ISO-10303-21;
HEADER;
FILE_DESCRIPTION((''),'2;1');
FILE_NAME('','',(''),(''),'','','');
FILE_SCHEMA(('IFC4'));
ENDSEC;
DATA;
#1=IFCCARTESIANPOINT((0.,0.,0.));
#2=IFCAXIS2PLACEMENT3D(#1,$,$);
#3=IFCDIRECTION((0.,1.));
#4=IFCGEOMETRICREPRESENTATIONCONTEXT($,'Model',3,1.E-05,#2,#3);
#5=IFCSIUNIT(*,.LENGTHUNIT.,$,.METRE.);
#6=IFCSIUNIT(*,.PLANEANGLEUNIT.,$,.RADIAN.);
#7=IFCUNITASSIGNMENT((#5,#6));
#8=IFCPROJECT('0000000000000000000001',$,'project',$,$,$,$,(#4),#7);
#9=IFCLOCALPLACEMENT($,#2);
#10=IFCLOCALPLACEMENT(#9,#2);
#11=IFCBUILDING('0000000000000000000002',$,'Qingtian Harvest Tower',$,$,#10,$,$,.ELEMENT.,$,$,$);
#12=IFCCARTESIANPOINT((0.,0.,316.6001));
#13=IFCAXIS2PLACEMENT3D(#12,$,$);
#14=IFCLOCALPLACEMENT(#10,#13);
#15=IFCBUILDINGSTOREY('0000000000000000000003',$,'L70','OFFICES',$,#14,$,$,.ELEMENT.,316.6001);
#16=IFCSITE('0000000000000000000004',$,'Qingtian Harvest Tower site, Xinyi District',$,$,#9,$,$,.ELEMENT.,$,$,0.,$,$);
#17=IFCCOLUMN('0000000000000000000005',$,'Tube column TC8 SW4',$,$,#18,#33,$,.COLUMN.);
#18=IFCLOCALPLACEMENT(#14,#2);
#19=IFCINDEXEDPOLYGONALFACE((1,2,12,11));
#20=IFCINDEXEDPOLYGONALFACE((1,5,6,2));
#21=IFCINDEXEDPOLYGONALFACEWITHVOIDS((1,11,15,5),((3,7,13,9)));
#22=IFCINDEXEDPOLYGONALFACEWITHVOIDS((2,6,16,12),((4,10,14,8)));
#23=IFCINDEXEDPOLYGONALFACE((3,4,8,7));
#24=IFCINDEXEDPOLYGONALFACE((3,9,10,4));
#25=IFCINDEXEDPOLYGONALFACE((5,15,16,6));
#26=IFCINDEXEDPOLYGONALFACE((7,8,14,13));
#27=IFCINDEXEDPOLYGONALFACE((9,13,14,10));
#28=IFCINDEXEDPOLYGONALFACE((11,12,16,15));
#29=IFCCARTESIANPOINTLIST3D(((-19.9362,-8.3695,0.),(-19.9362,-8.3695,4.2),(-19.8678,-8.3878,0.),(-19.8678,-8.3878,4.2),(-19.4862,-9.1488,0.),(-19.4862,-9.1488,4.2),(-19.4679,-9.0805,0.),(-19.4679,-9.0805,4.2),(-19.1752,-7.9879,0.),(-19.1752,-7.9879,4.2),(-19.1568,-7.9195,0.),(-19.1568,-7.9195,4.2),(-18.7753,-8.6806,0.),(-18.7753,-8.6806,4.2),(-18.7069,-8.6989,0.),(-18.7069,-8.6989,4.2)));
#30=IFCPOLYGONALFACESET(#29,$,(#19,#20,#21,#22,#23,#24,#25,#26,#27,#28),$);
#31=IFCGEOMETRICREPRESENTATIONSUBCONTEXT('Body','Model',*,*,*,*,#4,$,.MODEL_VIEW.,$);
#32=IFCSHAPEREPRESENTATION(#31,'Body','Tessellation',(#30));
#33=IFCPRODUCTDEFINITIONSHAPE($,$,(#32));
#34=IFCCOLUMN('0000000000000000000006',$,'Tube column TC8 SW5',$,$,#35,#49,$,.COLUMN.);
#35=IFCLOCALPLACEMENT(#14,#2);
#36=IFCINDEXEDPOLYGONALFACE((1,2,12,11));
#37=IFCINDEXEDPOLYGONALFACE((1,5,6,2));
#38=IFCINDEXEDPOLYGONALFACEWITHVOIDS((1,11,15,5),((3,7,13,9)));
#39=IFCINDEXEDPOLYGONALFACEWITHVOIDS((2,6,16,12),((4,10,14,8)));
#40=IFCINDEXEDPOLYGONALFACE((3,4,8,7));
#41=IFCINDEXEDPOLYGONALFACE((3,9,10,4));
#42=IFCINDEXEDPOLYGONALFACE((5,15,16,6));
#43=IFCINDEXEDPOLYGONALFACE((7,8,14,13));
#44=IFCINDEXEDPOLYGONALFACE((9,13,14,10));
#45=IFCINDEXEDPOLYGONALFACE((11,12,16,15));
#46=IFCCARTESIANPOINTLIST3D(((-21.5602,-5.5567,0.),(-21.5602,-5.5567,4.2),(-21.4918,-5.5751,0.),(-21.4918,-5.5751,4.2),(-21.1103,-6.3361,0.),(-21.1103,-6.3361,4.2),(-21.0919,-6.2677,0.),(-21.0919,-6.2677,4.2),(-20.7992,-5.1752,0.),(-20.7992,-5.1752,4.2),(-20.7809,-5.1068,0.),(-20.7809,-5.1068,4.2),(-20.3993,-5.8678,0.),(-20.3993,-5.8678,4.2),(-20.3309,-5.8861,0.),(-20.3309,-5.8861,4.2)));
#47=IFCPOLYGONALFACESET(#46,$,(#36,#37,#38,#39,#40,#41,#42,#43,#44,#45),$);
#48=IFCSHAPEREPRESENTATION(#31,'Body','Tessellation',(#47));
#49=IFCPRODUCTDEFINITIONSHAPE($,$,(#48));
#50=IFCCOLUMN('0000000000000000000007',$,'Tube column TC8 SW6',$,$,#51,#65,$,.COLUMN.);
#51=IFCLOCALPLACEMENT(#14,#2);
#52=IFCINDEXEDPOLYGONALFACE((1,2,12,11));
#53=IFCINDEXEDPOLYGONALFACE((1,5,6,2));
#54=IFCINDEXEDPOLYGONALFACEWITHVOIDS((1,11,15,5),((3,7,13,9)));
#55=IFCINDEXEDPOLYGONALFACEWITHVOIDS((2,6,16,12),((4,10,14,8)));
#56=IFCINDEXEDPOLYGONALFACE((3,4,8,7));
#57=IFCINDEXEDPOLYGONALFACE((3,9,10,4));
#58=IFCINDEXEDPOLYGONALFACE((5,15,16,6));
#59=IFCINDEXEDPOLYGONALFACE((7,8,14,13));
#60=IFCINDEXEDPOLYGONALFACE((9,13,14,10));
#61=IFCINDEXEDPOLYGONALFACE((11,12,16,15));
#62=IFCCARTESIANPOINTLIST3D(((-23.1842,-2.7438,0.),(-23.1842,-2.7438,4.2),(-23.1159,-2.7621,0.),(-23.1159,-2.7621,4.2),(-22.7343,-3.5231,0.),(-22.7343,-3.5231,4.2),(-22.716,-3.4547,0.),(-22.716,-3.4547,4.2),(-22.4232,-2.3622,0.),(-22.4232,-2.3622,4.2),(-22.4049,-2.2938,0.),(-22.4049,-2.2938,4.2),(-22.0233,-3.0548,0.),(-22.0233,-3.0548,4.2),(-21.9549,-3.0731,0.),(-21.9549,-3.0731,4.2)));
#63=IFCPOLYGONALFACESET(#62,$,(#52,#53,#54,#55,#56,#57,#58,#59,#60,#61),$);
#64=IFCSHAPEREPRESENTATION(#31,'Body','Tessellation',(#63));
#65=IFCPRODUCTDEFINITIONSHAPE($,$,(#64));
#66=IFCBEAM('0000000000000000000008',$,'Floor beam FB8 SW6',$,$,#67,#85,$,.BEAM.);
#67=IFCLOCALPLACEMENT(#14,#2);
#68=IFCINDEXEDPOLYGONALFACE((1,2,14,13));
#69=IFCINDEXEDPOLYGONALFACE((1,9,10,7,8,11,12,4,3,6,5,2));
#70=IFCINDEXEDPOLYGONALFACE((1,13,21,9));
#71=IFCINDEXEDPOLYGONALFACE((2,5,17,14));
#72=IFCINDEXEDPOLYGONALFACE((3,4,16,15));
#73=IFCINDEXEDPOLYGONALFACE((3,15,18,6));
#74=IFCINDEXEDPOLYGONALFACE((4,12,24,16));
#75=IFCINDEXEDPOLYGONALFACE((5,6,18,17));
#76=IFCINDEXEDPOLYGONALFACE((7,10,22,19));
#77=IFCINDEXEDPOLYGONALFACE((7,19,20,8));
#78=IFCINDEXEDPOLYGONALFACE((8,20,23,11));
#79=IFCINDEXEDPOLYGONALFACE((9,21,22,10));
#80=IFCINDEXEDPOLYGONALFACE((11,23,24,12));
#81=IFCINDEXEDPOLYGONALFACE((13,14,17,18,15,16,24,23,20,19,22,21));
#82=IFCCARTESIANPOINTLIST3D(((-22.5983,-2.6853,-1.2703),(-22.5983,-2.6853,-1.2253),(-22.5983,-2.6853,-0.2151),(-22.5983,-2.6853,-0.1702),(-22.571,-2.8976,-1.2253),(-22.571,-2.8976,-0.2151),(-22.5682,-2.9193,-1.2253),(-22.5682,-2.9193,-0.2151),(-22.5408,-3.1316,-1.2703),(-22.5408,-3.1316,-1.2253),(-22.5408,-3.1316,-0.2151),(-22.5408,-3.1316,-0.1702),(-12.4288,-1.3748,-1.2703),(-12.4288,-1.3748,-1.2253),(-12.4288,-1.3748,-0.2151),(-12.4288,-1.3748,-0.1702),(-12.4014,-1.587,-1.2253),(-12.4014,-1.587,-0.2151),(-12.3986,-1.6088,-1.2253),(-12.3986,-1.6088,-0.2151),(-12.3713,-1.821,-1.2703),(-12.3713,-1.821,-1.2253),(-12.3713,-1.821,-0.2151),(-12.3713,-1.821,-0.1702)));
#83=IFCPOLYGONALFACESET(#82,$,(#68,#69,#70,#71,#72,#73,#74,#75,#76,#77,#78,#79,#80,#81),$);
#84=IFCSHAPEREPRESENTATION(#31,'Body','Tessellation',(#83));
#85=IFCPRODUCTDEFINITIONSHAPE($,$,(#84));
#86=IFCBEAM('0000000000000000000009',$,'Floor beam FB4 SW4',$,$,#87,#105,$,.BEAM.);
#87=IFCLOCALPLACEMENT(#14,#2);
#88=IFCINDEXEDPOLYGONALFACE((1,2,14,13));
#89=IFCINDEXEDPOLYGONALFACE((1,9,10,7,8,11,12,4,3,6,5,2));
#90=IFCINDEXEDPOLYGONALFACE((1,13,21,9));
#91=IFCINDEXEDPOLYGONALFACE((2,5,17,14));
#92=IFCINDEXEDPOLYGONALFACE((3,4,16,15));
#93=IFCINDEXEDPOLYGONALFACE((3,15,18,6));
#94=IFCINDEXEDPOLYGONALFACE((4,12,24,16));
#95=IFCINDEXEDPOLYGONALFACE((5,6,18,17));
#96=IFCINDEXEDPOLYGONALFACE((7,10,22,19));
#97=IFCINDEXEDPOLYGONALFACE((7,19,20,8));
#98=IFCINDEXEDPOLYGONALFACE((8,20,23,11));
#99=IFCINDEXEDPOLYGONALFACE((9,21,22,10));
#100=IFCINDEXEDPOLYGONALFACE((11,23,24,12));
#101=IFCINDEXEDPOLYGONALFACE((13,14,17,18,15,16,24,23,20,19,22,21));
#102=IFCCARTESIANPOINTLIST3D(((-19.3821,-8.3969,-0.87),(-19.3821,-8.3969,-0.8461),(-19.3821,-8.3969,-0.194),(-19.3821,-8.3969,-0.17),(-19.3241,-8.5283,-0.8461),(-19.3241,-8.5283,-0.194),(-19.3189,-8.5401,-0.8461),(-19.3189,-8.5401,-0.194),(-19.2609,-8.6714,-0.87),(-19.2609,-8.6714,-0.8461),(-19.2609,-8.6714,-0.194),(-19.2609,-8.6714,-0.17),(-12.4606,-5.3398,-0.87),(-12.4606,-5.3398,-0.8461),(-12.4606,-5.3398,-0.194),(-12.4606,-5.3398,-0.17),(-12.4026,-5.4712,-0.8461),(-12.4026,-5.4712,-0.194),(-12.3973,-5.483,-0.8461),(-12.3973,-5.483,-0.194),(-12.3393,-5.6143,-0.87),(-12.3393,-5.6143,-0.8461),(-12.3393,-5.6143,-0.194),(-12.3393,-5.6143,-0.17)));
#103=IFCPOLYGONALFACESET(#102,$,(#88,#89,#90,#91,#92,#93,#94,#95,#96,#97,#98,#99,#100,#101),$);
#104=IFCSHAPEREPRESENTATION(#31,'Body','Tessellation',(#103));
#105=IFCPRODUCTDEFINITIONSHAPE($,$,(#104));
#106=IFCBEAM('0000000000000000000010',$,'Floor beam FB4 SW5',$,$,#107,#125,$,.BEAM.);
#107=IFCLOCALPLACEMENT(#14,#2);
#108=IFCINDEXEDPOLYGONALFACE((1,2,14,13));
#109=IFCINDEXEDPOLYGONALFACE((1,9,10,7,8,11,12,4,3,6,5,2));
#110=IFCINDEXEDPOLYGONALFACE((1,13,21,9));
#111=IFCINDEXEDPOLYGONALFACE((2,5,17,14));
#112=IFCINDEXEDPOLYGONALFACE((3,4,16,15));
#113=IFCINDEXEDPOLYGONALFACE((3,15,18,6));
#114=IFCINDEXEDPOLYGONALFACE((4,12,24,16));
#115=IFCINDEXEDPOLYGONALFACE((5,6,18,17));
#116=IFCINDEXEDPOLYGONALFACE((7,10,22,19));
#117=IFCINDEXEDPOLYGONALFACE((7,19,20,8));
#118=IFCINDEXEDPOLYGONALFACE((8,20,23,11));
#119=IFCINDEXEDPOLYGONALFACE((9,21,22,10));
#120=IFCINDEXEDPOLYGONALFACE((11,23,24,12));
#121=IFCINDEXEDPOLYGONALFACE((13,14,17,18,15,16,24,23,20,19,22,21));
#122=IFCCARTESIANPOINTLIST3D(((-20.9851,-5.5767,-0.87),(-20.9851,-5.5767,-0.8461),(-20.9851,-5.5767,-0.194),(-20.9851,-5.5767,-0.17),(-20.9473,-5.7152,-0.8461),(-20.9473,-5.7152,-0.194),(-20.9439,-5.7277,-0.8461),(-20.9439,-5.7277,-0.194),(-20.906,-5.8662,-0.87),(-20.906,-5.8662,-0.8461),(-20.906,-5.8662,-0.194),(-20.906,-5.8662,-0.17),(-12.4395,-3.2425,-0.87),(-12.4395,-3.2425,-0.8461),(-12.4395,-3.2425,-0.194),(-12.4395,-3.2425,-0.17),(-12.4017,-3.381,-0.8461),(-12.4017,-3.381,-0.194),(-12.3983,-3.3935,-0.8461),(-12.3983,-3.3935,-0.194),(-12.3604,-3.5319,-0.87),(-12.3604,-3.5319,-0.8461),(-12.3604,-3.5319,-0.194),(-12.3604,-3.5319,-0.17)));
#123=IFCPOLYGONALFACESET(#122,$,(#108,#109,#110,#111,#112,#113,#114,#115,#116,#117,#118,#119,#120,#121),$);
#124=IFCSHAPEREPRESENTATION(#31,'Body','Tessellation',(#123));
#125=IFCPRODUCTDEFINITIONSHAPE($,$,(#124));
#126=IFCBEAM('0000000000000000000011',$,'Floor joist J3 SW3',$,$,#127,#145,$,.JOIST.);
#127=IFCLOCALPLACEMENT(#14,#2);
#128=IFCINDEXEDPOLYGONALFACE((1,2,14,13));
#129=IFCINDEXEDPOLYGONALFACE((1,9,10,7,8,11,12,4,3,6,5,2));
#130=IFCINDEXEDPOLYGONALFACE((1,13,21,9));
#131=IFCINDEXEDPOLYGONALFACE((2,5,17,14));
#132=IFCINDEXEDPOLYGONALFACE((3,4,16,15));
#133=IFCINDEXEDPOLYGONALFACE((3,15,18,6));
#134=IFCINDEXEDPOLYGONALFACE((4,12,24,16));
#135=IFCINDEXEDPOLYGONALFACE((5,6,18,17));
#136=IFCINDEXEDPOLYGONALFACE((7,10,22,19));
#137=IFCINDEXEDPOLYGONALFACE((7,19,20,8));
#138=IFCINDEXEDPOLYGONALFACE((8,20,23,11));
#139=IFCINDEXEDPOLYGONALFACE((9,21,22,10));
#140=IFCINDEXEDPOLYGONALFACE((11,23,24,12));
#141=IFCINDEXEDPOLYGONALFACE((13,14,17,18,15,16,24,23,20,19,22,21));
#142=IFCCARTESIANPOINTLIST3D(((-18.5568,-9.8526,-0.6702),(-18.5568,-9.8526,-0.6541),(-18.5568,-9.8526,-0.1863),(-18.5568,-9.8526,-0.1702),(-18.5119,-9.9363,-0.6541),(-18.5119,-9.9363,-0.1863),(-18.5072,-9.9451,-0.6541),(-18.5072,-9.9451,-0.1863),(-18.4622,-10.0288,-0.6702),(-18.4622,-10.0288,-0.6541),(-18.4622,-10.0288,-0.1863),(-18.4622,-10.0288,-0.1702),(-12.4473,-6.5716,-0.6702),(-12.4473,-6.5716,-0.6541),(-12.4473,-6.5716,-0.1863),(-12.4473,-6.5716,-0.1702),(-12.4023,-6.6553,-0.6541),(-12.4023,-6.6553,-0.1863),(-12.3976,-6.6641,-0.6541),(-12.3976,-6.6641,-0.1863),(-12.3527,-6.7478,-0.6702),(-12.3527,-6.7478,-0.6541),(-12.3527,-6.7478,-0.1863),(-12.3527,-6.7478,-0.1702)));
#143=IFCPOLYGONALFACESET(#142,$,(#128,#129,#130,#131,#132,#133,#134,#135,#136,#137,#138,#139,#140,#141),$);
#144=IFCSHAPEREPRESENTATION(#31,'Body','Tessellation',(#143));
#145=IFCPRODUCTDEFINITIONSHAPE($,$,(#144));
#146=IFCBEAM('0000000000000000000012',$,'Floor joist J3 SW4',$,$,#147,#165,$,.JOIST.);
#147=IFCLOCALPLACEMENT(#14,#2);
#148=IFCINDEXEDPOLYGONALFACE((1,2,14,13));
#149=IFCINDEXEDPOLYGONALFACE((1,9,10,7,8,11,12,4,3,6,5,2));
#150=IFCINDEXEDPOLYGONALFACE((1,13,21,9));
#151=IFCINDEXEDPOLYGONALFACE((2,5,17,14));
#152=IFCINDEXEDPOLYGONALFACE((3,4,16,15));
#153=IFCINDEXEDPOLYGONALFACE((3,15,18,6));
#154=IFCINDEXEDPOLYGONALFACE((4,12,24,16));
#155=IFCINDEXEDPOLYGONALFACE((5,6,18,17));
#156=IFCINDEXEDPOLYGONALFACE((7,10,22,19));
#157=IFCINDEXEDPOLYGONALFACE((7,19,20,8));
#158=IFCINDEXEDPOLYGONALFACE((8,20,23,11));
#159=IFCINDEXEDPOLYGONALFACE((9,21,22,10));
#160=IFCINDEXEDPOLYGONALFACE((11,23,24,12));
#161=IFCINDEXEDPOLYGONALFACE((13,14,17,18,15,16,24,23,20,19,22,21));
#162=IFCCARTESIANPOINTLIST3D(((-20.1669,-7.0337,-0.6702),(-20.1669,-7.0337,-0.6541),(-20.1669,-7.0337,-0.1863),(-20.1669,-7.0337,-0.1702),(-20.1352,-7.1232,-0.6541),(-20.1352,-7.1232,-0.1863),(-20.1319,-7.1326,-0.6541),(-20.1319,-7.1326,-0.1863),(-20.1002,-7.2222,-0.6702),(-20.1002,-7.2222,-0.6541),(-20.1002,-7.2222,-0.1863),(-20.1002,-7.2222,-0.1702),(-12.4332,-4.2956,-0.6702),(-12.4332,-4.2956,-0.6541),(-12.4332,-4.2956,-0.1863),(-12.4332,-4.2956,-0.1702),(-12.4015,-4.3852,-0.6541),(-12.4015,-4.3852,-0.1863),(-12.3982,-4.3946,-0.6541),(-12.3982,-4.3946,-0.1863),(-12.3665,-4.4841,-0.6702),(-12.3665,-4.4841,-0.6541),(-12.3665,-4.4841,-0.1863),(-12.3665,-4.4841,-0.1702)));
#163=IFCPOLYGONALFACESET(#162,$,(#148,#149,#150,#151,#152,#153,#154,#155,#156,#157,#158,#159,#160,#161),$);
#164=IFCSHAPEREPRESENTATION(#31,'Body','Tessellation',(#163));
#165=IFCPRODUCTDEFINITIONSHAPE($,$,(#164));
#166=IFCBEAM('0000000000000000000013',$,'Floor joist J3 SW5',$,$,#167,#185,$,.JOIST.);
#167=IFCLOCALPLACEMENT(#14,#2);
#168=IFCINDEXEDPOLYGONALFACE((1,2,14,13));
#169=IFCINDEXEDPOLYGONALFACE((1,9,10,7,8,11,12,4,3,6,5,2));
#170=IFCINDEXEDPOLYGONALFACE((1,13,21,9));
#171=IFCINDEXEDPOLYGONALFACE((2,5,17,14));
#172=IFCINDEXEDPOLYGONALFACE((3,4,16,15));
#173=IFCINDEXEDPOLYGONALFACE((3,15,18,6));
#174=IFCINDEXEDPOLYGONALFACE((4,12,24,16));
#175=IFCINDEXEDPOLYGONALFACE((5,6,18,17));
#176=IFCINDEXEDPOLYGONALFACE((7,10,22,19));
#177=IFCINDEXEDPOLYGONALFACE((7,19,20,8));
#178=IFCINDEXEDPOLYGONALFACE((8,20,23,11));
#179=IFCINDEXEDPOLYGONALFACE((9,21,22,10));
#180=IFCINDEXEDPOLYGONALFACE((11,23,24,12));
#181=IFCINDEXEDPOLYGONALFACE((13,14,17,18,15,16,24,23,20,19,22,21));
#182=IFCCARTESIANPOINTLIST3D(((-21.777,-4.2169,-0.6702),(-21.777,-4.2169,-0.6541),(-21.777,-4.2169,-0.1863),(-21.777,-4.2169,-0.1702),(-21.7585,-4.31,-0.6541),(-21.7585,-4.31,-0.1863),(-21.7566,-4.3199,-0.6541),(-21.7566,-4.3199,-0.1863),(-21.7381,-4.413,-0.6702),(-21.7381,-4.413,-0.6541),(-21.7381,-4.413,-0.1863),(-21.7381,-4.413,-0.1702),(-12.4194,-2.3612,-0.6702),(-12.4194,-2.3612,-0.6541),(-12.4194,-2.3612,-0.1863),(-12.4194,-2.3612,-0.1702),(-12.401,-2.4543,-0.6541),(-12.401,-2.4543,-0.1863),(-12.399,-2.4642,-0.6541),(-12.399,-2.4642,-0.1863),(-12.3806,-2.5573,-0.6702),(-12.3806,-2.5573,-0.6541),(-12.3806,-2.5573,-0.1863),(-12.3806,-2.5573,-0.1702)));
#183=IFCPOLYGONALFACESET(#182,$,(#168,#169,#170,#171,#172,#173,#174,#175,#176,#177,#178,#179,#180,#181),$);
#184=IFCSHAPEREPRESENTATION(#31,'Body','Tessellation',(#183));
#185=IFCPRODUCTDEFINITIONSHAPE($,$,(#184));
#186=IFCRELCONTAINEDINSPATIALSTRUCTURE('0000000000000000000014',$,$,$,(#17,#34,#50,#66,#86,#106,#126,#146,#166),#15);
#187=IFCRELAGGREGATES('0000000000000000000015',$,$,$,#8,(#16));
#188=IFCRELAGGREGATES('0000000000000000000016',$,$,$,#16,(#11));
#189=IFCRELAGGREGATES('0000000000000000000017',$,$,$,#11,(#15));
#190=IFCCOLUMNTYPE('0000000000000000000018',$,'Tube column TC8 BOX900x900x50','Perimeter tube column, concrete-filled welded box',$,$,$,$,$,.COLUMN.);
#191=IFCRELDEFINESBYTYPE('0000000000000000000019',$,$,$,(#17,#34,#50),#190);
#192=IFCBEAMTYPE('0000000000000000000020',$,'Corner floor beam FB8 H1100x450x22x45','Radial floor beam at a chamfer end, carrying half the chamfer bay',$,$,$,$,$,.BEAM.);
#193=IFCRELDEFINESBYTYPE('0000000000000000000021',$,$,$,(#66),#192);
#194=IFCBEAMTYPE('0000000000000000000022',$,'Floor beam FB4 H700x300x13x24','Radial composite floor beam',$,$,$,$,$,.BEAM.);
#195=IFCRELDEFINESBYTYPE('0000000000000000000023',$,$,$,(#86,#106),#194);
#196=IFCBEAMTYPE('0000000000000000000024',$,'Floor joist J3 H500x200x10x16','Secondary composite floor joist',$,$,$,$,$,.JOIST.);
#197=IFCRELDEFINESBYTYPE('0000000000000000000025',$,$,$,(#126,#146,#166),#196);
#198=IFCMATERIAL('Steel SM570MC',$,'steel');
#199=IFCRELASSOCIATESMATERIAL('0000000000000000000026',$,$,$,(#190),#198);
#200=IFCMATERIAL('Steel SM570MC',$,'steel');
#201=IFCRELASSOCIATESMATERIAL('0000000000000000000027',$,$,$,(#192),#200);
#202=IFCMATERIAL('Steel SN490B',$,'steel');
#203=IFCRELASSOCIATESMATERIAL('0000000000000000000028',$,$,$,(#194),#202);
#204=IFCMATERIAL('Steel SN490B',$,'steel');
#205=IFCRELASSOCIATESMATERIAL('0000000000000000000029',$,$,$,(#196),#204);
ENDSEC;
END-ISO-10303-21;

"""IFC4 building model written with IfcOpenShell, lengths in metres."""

from ifc_helpers import new_model, si_unit, direction, frame, origin, origin_2d, place, context, subcontext, project, spatial, hollow_rectangle, i_section, extrude, material, material_profile, profile_set, type_object, element, save


model = new_model("IFC4")

# Units and contexts
model_context = context("Model", 3, precision=1e-05, world=origin(), true_north=direction((0.0, 1.0)))
body_context = subcontext(model_context, "Body", "Model", "MODEL_VIEW")
ifc_project = project(units=[si_unit("LENGTHUNIT", "METRE"), si_unit("PLANEANGLEUNIT", "RADIAN")], contexts=[model_context])

# Site, building, storey
site_placement = place(None, origin())
site = spatial("IfcSite", under=ifc_project, at=site_placement, Name="Qingtian Harvest Tower site, Xinyi District", CompositionType="ELEMENT", RefElevation=0.0)
building_placement = place(site_placement, origin())
building = spatial("IfcBuilding", under=site, at=building_placement, Name="Qingtian Harvest Tower", CompositionType="ELEMENT")
storey_placement = place(building_placement, frame((0.0, 0.0, 316.6001)))
storey = spatial("IfcBuildingStorey", under=building, at=storey_placement, Name="L70", Description="OFFICES", CompositionType="ELEMENT", Elevation=316.6001)

# Columns
ifc_material_1 = material(Name="Steel SM570MC", Category="steel")
ifc_material_profile_1 = material_profile(ifc_material_1, hollow_rectangle(XDim=0.8999, YDim=0.8999, WallThickness=0.05, at=origin_2d()), Name="BOX900x900x50")
ifc_profile_set_1 = profile_set([ifc_material_profile_1], Name="Steel SM570MC")
column_type = type_object("IfcColumnType", Name="Tube column TC8 BOX900x900x50", Description="Perimeter tube column, concrete-filled welded box", PredefinedType="COLUMN", material=ifc_profile_set_1)
for number, where, z_axis, x_axis, name in (
    (1, (-19.3215, -8.5342, 0.0), (0.0, 0.0, 1.0), (0.5, -0.866025, 0.0), "Tube column TC8 SW4"),
    (2, (-20.9456, -5.7214, 0.0), (0.0, 0.0, 1.0), (0.5, -0.866025, 0.0), "Tube column TC8 SW5"),
    (3, (-22.5696, -2.9084, 0.0), (0.0, 0.0, 1.0), (0.5, -0.866025, 0.0), "Tube column TC8 SW6"),
):
    element("IfcColumn", number, at=place(storey_placement, frame(where, z_axis=z_axis, x_axis=x_axis)), inside=storey, type_object=column_type, Name=name, PredefinedType="COLUMN", context=body_context, shape_type="SweptSolid", body=[
        extrude(hollow_rectangle(XDim=0.8999, YDim=0.8999, WallThickness=0.05, at=origin_2d()), origin(), (0.0, 0.0, 1.0), 4.2),
    ])

# Beams
ifc_material_2 = material(Name="Steel SM570MC", Category="steel")
ifc_material_profile_2 = material_profile(ifc_material_2, i_section(OverallWidth=0.45, OverallDepth=1.1001, WebThickness=0.022, FlangeThickness=0.0449, at=origin_2d()), Name="H1100x450x22x45")
ifc_profile_set_2 = profile_set([ifc_material_profile_2], Name="Steel SM570MC")
beam_type_1 = type_object("IfcBeamType", Name="Corner floor beam FB8 H1100x450x22x45", Description="Radial floor beam at a chamfer end, carrying half the chamfer bay", PredefinedType="BEAM", material=ifc_profile_set_2)
beam_1_placement = place(storey_placement, frame((-22.5696, -2.9084, -0.7202), z_axis=(0.991799, 0.127811, 0.0), x_axis=(-0.127811, 0.991799, 0.0)))
element("IfcBeam", 4, at=beam_1_placement, inside=storey, type_object=beam_type_1, Name="Floor beam FB8 SW6", PredefinedType="BEAM", context=body_context, shape_type="SweptSolid", body=[
    extrude(i_section(OverallWidth=0.45, OverallDepth=1.1001, WebThickness=0.022, FlangeThickness=0.0449, at=origin_2d()), origin(), (0.0, 0.0, 1.0), 10.2537),
])
ifc_material_3 = material(Name="Steel SN490B", Category="steel")
ifc_material_profile_3 = material_profile(ifc_material_3, i_section(OverallWidth=0.3, OverallDepth=0.7, WebThickness=0.0129, FlangeThickness=0.0239, at=origin_2d()), Name="H700x300x13x24")
ifc_profile_set_3 = profile_set([ifc_material_profile_3], Name="Steel SN490B")
beam_type_2 = type_object("IfcBeamType", Name="Floor beam FB4 H700x300x13x24", Description="Radial composite floor beam", PredefinedType="BEAM", material=ifc_profile_set_3)
beam_2_placement = place(storey_placement, frame((-19.3215, -8.5342, -0.52), z_axis=(0.914748, 0.404024, 0.0), x_axis=(-0.404024, 0.914748, 0.0)))
element("IfcBeam", 5, at=beam_2_placement, inside=storey, type_object=beam_type_2, Name="Floor beam FB4 SW4", PredefinedType="BEAM", context=body_context, shape_type="SweptSolid", body=[
    extrude(i_section(OverallWidth=0.3, OverallDepth=0.7, WebThickness=0.0129, FlangeThickness=0.0239, at=origin_2d()), origin(), (0.0, 0.0, 1.0), 7.5667),
])
beam_3_placement = place(storey_placement, frame((-20.9456, -5.7214, -0.52), z_axis=(0.964661, 0.263495, 0.0), x_axis=(-0.263495, 0.964661, 0.0)))
element("IfcBeam", 6, at=beam_3_placement, inside=storey, type_object=beam_type_2, Name="Floor beam FB4 SW5", PredefinedType="BEAM", context=body_context, shape_type="SweptSolid", body=[
    extrude(i_section(OverallWidth=0.3, OverallDepth=0.7, WebThickness=0.0129, FlangeThickness=0.0239, at=origin_2d()), origin(), (0.0, 0.0, 1.0), 8.8586),
])
ifc_material_4 = material(Name="Steel SN490B", Category="steel")
ifc_material_profile_4 = material_profile(ifc_material_4, i_section(OverallWidth=0.2, OverallDepth=0.5, WebThickness=0.01, FlangeThickness=0.0161, at=origin_2d()), Name="H500x200x10x16")
ifc_profile_set_4 = profile_set([ifc_material_profile_4], Name="Steel SN490B")
beam_type_3 = type_object("IfcBeamType", Name="Floor joist J3 H500x200x10x16", Description="Secondary composite floor joist", PredefinedType="JOIST", material=ifc_profile_set_4)
beam_4_placement = place(storey_placement, frame((-18.5095, -9.9407, -0.4202), z_axis=(0.881, 0.473117, 0.0), x_axis=(-0.473117, 0.881, 0.0)))
element("IfcBeam", 7, at=beam_4_placement, inside=storey, type_object=beam_type_3, Name="Floor joist J3 SW3", PredefinedType="JOIST", context=body_context, shape_type="SweptSolid", body=[
    extrude(i_section(OverallWidth=0.2, OverallDepth=0.5, WebThickness=0.01, FlangeThickness=0.0161, at=origin_2d()), origin(), (0.0, 0.0, 1.0), 6.9348),
])
beam_5_placement = place(storey_placement, frame((-20.1335, -7.1279, -0.4202), z_axis=(0.942664, 0.333743, 0.0), x_axis=(-0.333743, 0.942664, 0.0)))
element("IfcBeam", 8, at=beam_5_placement, inside=storey, type_object=beam_type_3, Name="Floor joist J3 SW4", PredefinedType="JOIST", context=body_context, shape_type="SweptSolid", body=[
    extrude(i_section(OverallWidth=0.2, OverallDepth=0.5, WebThickness=0.01, FlangeThickness=0.0161, at=origin_2d()), origin(), (0.0, 0.0, 1.0), 8.2041),
])
beam_6_placement = place(storey_placement, frame((-21.7576, -4.3149, -0.4202), z_axis=(0.980898, 0.194521, 0.0), x_axis=(-0.194521, 0.980898, 0.0)))
element("IfcBeam", 9, at=beam_6_placement, inside=storey, type_object=beam_type_3, Name="Floor joist J3 SW5", PredefinedType="JOIST", context=body_context, shape_type="SweptSolid", body=[
    extrude(i_section(OverallWidth=0.2, OverallDepth=0.5, WebThickness=0.01, FlangeThickness=0.0161, at=origin_2d()), origin(), (0.0, 0.0, 1.0), 9.5398),
])

save(model, "model.ifc")
